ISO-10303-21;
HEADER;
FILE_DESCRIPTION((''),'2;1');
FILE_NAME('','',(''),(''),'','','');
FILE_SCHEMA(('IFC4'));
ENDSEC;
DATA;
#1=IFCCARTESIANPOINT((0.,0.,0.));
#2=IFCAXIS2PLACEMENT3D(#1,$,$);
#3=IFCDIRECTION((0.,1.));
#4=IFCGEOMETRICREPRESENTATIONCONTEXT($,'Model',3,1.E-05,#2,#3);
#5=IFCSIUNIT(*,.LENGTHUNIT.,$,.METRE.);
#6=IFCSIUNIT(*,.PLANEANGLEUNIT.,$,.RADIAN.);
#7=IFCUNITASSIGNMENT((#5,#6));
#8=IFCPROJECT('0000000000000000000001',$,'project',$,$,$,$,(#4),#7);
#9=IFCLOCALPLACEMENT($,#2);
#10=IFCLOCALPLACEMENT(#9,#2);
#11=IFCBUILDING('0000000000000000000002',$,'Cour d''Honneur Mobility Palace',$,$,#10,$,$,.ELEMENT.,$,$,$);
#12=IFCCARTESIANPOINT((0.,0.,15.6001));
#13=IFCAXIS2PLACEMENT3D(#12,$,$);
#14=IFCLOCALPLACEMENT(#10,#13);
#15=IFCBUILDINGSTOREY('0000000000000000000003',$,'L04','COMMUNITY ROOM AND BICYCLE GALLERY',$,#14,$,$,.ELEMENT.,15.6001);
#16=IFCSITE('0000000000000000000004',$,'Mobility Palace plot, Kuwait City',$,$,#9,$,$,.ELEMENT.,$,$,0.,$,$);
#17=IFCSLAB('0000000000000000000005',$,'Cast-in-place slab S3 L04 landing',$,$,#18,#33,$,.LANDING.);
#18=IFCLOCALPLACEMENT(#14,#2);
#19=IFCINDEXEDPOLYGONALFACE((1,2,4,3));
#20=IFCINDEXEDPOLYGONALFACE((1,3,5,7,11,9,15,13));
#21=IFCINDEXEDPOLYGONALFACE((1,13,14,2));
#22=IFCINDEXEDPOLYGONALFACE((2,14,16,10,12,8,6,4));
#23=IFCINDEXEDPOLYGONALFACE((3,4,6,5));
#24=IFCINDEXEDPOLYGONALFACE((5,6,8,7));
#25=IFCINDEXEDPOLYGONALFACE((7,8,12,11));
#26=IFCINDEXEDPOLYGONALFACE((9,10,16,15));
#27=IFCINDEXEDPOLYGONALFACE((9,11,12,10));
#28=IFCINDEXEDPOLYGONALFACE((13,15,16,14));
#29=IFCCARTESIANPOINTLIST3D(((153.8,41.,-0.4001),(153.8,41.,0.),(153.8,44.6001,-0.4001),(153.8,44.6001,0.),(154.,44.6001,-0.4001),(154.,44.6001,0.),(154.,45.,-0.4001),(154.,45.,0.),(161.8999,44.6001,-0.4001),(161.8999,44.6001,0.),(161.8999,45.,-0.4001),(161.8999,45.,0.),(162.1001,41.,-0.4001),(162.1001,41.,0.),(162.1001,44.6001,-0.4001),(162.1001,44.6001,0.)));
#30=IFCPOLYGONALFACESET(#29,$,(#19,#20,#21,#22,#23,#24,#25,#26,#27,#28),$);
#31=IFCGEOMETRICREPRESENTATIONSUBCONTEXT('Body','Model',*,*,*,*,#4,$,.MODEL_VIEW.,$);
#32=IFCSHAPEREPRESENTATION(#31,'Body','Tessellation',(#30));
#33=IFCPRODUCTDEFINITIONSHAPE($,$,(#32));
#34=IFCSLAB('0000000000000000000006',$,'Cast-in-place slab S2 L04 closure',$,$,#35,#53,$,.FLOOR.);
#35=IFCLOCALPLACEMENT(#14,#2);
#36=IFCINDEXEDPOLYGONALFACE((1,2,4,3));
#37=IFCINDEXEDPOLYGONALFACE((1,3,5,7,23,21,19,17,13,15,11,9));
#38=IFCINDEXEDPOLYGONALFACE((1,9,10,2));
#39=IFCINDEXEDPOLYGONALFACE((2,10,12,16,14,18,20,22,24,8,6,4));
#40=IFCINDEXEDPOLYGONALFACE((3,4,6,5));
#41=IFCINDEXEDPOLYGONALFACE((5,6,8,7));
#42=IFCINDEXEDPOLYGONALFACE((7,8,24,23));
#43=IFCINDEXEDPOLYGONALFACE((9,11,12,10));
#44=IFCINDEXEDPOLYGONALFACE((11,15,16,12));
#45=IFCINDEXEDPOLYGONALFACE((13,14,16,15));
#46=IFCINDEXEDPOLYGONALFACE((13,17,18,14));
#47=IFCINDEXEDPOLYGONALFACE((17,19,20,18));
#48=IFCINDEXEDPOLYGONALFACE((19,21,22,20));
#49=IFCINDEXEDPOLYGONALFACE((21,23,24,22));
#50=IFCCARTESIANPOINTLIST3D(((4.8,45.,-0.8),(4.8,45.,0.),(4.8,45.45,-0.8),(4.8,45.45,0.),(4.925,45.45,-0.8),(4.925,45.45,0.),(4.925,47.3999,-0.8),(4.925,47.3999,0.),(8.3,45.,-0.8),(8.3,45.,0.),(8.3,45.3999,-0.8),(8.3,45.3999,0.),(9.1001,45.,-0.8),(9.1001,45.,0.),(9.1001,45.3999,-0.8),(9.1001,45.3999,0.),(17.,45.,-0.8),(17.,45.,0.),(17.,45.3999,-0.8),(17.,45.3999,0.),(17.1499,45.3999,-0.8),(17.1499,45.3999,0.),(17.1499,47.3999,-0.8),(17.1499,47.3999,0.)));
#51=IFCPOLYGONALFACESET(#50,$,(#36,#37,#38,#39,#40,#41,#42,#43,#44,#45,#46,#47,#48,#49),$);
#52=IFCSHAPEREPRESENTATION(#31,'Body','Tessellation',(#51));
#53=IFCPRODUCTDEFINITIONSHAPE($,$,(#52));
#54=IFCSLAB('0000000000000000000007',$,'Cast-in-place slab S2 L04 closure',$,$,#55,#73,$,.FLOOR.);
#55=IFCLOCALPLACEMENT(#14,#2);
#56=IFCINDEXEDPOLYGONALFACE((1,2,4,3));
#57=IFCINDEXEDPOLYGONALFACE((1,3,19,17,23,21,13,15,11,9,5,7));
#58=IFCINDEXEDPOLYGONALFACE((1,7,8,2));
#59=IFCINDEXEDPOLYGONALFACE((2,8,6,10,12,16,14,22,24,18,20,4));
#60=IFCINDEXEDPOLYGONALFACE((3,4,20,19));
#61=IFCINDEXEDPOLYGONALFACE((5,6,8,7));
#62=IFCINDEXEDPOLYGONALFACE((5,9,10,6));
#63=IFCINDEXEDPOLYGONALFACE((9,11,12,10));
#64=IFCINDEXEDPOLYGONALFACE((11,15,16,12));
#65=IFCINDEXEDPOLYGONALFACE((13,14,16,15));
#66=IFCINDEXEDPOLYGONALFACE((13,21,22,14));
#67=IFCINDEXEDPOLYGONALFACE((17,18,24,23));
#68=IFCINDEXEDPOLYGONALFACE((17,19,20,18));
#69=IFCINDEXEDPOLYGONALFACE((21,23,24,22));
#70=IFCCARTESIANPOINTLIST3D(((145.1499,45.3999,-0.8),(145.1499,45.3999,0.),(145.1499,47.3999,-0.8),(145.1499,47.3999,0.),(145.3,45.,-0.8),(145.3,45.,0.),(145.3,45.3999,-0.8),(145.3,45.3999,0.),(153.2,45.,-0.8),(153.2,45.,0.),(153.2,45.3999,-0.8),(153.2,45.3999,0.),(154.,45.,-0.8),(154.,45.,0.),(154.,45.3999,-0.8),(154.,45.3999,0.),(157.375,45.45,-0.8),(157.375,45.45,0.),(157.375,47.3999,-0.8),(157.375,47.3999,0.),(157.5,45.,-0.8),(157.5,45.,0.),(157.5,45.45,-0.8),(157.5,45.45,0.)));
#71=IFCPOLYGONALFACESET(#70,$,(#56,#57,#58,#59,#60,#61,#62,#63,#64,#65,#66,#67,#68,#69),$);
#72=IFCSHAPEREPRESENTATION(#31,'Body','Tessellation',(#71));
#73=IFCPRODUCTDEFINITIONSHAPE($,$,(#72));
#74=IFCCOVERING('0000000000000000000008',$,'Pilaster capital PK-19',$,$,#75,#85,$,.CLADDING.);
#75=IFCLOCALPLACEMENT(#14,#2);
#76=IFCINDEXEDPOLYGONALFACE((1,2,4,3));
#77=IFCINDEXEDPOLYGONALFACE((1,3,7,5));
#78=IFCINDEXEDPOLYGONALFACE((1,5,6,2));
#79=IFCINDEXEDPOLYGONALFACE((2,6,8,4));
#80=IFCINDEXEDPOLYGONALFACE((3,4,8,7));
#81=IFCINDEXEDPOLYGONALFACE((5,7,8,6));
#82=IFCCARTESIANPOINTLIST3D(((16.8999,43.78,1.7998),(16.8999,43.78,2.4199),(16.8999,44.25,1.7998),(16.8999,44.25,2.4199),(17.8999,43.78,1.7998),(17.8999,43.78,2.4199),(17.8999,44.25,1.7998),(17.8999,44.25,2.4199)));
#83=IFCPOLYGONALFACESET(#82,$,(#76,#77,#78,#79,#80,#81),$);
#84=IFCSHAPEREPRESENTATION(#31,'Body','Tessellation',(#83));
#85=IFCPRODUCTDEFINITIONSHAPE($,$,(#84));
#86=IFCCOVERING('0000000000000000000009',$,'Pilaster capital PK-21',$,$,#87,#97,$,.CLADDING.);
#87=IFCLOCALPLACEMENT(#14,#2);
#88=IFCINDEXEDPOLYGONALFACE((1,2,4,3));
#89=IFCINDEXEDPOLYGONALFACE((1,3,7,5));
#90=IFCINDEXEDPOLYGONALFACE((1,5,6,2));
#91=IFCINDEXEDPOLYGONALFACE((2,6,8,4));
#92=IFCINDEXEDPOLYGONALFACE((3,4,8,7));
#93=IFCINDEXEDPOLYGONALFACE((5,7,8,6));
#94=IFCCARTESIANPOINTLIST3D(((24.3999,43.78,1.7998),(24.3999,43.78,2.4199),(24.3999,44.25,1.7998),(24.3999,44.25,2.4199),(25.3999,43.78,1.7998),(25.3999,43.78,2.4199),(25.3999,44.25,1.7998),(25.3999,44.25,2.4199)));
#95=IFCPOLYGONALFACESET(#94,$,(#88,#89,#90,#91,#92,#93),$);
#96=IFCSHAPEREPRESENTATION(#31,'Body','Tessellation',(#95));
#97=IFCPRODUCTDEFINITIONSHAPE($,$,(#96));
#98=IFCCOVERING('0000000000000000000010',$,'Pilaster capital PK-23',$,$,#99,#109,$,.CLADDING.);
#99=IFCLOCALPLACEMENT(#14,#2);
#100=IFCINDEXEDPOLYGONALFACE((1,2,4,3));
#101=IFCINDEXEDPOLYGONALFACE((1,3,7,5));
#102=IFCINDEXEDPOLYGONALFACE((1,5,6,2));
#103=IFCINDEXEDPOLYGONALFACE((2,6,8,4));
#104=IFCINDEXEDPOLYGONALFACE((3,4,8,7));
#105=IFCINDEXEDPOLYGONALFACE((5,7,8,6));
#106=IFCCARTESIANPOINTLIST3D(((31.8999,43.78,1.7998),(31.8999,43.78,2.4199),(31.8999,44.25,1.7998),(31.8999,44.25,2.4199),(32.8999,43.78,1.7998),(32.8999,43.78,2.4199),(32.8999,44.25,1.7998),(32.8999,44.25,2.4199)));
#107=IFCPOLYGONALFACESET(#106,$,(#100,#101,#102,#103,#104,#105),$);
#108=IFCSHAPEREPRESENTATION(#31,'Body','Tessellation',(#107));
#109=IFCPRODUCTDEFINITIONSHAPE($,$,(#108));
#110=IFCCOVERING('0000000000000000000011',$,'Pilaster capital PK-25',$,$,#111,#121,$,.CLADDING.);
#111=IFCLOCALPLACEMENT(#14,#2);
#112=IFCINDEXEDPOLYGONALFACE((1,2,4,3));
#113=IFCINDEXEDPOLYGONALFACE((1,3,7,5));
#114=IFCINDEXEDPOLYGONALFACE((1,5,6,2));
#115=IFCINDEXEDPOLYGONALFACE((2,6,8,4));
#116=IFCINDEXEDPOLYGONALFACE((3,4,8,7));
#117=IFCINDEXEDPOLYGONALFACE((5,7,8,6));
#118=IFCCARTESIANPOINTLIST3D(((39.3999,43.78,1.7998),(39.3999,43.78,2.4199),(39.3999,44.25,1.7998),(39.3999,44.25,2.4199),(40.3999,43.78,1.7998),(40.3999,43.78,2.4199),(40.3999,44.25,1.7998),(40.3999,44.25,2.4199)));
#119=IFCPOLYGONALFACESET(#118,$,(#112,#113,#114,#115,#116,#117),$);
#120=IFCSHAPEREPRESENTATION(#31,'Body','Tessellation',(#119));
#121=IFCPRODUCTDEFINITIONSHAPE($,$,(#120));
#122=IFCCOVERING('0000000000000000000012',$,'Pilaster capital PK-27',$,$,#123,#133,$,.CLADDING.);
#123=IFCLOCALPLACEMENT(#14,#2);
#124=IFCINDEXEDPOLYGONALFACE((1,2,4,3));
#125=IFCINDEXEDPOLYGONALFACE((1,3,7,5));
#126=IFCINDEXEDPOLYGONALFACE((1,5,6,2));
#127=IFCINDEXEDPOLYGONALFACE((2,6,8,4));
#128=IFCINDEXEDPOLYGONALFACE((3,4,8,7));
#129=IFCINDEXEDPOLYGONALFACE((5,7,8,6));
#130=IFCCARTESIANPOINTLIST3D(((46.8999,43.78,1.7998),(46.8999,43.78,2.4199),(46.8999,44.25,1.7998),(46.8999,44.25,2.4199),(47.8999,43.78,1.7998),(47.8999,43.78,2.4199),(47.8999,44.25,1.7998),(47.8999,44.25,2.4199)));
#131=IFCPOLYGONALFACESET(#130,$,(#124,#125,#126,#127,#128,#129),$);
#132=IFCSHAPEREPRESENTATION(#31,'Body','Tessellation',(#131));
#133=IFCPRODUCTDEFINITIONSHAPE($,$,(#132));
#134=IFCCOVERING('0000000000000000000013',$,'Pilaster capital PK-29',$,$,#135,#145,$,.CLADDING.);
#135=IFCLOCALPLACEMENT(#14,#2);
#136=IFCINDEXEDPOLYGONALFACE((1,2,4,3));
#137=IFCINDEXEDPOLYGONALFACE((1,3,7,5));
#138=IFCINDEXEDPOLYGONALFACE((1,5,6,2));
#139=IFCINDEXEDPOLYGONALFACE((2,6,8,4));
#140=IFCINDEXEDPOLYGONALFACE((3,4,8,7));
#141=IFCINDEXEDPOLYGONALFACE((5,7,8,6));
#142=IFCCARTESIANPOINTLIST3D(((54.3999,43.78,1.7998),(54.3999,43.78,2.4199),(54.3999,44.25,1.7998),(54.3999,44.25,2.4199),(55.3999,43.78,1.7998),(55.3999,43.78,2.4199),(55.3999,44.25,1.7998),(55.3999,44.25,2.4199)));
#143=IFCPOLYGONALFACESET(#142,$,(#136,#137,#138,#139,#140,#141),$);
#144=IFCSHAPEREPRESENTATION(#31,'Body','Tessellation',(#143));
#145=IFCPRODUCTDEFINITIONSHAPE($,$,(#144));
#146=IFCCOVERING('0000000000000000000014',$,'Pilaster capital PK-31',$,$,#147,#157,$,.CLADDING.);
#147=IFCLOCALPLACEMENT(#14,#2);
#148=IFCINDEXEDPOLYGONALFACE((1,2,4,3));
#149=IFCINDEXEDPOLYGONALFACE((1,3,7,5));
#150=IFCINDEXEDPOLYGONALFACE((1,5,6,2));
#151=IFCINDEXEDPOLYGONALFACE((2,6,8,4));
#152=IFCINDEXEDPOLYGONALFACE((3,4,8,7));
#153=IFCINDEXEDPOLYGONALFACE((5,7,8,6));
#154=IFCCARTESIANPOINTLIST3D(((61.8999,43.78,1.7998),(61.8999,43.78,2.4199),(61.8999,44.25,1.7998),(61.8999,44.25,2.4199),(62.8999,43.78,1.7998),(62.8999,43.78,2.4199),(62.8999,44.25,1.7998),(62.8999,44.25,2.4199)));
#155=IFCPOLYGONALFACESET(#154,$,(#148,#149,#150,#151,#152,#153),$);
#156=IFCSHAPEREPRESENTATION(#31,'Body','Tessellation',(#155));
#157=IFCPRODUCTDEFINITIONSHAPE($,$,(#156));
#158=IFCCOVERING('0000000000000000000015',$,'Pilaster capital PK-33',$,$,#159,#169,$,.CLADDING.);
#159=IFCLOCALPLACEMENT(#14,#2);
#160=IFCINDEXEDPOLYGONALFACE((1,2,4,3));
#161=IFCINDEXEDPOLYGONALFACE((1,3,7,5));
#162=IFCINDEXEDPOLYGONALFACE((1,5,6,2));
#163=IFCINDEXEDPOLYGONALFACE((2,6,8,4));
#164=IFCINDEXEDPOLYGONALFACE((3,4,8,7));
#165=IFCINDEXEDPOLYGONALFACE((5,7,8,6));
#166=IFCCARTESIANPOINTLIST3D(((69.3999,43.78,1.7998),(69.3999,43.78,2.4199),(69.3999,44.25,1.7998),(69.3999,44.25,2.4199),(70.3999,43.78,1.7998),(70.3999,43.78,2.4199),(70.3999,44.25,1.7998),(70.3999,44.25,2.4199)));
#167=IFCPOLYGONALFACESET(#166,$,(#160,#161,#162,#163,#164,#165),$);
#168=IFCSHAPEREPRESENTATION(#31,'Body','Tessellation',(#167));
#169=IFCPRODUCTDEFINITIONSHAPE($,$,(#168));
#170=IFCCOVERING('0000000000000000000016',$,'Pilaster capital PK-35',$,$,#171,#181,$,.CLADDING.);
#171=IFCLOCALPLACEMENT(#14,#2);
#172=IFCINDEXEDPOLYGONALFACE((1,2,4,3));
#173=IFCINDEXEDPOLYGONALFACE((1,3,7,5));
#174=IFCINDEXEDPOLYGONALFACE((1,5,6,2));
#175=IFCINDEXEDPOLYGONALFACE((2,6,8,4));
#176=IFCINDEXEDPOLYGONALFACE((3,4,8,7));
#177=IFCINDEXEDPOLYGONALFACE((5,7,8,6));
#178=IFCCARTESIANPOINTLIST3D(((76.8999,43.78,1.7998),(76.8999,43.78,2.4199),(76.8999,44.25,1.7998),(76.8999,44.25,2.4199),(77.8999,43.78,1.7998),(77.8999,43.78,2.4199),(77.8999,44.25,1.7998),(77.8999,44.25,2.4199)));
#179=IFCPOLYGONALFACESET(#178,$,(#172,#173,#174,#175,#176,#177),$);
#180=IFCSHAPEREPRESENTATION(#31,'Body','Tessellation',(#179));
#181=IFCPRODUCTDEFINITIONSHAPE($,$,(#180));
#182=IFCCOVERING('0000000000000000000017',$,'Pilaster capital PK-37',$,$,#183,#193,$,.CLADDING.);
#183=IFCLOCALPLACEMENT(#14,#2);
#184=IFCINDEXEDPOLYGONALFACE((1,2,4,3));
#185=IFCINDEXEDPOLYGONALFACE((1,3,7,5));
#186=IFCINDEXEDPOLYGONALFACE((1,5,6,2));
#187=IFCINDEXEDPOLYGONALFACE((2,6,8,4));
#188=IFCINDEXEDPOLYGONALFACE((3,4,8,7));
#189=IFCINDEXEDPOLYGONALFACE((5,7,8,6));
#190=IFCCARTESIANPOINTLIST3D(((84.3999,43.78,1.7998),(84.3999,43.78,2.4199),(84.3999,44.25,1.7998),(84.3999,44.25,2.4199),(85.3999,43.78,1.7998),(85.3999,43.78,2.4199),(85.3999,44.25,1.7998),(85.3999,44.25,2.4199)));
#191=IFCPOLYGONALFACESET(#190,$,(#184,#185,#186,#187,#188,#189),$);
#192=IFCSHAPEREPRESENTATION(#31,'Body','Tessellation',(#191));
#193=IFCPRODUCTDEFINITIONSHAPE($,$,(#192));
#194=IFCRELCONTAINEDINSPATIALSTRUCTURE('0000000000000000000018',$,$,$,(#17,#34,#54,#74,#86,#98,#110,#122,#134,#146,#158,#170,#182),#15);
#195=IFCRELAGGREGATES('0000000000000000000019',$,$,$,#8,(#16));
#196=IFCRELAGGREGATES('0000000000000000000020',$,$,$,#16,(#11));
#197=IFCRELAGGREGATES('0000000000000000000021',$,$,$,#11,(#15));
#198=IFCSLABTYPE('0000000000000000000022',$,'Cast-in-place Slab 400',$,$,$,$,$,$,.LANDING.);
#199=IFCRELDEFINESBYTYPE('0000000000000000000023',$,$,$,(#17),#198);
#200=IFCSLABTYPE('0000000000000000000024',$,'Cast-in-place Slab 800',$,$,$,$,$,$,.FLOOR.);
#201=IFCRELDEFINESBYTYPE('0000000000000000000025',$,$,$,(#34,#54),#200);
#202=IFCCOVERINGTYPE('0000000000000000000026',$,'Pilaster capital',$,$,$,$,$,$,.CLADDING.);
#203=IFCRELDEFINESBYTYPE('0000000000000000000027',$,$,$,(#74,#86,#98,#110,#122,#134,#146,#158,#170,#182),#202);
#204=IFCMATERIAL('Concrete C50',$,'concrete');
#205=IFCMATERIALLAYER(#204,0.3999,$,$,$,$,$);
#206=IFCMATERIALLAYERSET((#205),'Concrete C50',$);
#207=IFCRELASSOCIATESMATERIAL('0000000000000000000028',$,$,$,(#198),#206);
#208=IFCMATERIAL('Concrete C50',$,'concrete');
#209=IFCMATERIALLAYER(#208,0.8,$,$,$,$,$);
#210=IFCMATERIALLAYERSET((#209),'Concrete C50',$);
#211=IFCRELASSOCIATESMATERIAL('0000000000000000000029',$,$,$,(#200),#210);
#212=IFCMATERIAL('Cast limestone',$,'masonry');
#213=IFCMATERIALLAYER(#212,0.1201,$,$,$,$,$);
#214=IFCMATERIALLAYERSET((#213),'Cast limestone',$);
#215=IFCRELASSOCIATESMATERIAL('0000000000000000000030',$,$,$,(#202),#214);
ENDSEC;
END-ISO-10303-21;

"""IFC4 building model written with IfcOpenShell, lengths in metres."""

from ifc_helpers import new_model, si_unit, direction, frame, origin, place, context, subcontext, project, spatial, polyline, outline, extrude, material, layer, layer_set, type_object, element, save


model = new_model("IFC4")

# Units and contexts
model_context = context("Model", 3, precision=1e-05, world=origin(), true_north=direction((0.0, 1.0)))
body_context = subcontext(model_context, "Body", "Model", "MODEL_VIEW")
ifc_project = project(units=[si_unit("LENGTHUNIT", "METRE"), si_unit("PLANEANGLEUNIT", "RADIAN")], contexts=[model_context])

# Site, building, storey
site_placement = place(None, origin())
site = spatial("IfcSite", under=ifc_project, at=site_placement, Name="Mobility Palace plot, Kuwait City", CompositionType="ELEMENT", RefElevation=0.0)
building_placement = place(site_placement, origin())
building = spatial("IfcBuilding", under=site, at=building_placement, Name="Cour d'Honneur Mobility Palace", CompositionType="ELEMENT")
storey_placement = place(building_placement, frame((0.0, 0.0, 15.6001)))
storey = spatial("IfcBuildingStorey", under=building, at=storey_placement, Name="L04", Description="COMMUNITY ROOM AND BICYCLE GALLERY", CompositionType="ELEMENT", Elevation=15.6001)

# Slabs
ifc_material_1 = material(Name="Concrete C50", Category="concrete")
ifc_layer_1 = layer(ifc_material_1, 0.3999)
ifc_layer_set_1 = layer_set([ifc_layer_1], Name="Concrete C50")
slab_type_1 = type_object("IfcSlabType", Name="Cast-in-place Slab 400", PredefinedType="LANDING", material=ifc_layer_set_1)
slab_1_placement = place(storey_placement, frame((0.0, 0.0, -0.4001)))
element("IfcSlab", 1, at=slab_1_placement, inside=storey, type_object=slab_type_1, Name="Cast-in-place slab S3 L04 landing", PredefinedType="LANDING", context=body_context, shape_type="SweptSolid", body=[
    extrude(outline(polyline([(162.1001, 44.6001), (162.1001, 41.0), (153.8, 41.0), (153.8, 44.6001), (154.0, 44.6001), (154.0, 45.0), (161.8999, 45.0), (161.8999, 44.6001), (162.1001, 44.6001)])), origin(), (0.0, 0.0, 1.0), 0.4001),
])
ifc_material_2 = material(Name="Concrete C50", Category="concrete")
ifc_layer_2 = layer(ifc_material_2, 0.8)
ifc_layer_set_2 = layer_set([ifc_layer_2], Name="Concrete C50")
slab_type_2 = type_object("IfcSlabType", Name="Cast-in-place Slab 800", PredefinedType="FLOOR", material=ifc_layer_set_2)
slab_2_placement = place(storey_placement, frame((0.0, 0.0, -0.8)))
element("IfcSlab", 2, at=slab_2_placement, inside=storey, type_object=slab_type_2, Name="Cast-in-place slab S2 L04 closure", PredefinedType="FLOOR", context=body_context, shape_type="SweptSolid", body=[
    extrude(outline(polyline([(17.0, 45.3999), (17.0, 45.0), (9.1001, 45.0), (9.1001, 45.3999), (8.3, 45.3999), (8.3, 45.0), (4.8, 45.0), (4.8, 45.45), (4.925, 45.45), (4.925, 47.3999), (17.1499, 47.3999), (17.1499, 45.3999), (17.0, 45.3999)])), origin(), (0.0, 0.0, 1.0), 0.8),
])
slab_3_placement = place(storey_placement, frame((0.0, 0.0, -0.8)))
element("IfcSlab", 3, at=slab_3_placement, inside=storey, type_object=slab_type_2, Name="Cast-in-place slab S2 L04 closure", PredefinedType="FLOOR", context=body_context, shape_type="SweptSolid", body=[
    extrude(outline(polyline([(154.0, 45.3999), (153.2, 45.3999), (153.2, 45.0), (145.3, 45.0), (145.3, 45.3999), (145.1499, 45.3999), (145.1499, 47.3999), (157.375, 47.3999), (157.375, 45.45), (157.5, 45.45), (157.5, 45.0), (154.0, 45.0), (154.0, 45.3999)])), origin(), (0.0, 0.0, 1.0), 0.8),
])

# Coverings
ifc_material_3 = material(Name="Cast limestone", Category="masonry")
ifc_layer_3 = layer(ifc_material_3, 0.1201)
ifc_layer_set_3 = layer_set([ifc_layer_3], Name="Cast limestone")
covering_type = type_object("IfcCoveringType", Name="Pilaster capital", PredefinedType="CLADDING", material=ifc_layer_set_3)
covering_1_placement = place(storey_placement, frame((0.0, 0.0, 1.7998)))
element("IfcCovering", 4, at=covering_1_placement, inside=storey, type_object=covering_type, Name="Pilaster capital PK-19", PredefinedType="CLADDING", context=body_context, shape_type="SweptSolid", body=[
    extrude(outline(polyline([(16.8999, 44.25), (17.8999, 44.25), (17.8999, 43.78), (16.8999, 43.78), (16.8999, 44.25)])), origin(), (0.0, 0.0, 1.0), 0.6201),
])
covering_2_placement = place(storey_placement, frame((0.0, 0.0, 1.7998)))
element("IfcCovering", 5, at=covering_2_placement, inside=storey, type_object=covering_type, Name="Pilaster capital PK-21", PredefinedType="CLADDING", context=body_context, shape_type="SweptSolid", body=[
    extrude(outline(polyline([(24.3999, 44.25), (25.3999, 44.25), (25.3999, 43.78), (24.3999, 43.78), (24.3999, 44.25)])), origin(), (0.0, 0.0, 1.0), 0.6201),
])
covering_3_placement = place(storey_placement, frame((0.0, 0.0, 1.7998)))
element("IfcCovering", 6, at=covering_3_placement, inside=storey, type_object=covering_type, Name="Pilaster capital PK-23", PredefinedType="CLADDING", context=body_context, shape_type="SweptSolid", body=[
    extrude(outline(polyline([(31.8999, 44.25), (32.8999, 44.25), (32.8999, 43.78), (31.8999, 43.78), (31.8999, 44.25)])), origin(), (0.0, 0.0, 1.0), 0.6201),
])
covering_4_placement = place(storey_placement, frame((0.0, 0.0, 1.7998)))
element("IfcCovering", 7, at=covering_4_placement, inside=storey, type_object=covering_type, Name="Pilaster capital PK-25", PredefinedType="CLADDING", context=body_context, shape_type="SweptSolid", body=[
    extrude(outline(polyline([(39.3999, 44.25), (40.3999, 44.25), (40.3999, 43.78), (39.3999, 43.78), (39.3999, 44.25)])), origin(), (0.0, 0.0, 1.0), 0.6201),
])
covering_5_placement = place(storey_placement, frame((0.0, 0.0, 1.7998)))
element("IfcCovering", 8, at=covering_5_placement, inside=storey, type_object=covering_type, Name="Pilaster capital PK-27", PredefinedType="CLADDING", context=body_context, shape_type="SweptSolid", body=[
    extrude(outline(polyline([(46.8999, 44.25), (47.8999, 44.25), (47.8999, 43.78), (46.8999, 43.78), (46.8999, 44.25)])), origin(), (0.0, 0.0, 1.0), 0.6201),
])
covering_6_placement = place(storey_placement, frame((0.0, 0.0, 1.7998)))
element("IfcCovering", 9, at=covering_6_placement, inside=storey, type_object=covering_type, Name="Pilaster capital PK-29", PredefinedType="CLADDING", context=body_context, shape_type="SweptSolid", body=[
    extrude(outline(polyline([(54.3999, 44.25), (55.3999, 44.25), (55.3999, 43.78), (54.3999, 43.78), (54.3999, 44.25)])), origin(), (0.0, 0.0, 1.0), 0.6201),
])
covering_7_placement = place(storey_placement, frame((0.0, 0.0, 1.7998)))
element("IfcCovering", 10, at=covering_7_placement, inside=storey, type_object=covering_type, Name="Pilaster capital PK-31", PredefinedType="CLADDING", context=body_context, shape_type="SweptSolid", body=[
    extrude(outline(polyline([(61.8999, 44.25), (62.8999, 44.25), (62.8999, 43.78), (61.8999, 43.78), (61.8999, 44.25)])), origin(), (0.0, 0.0, 1.0), 0.6201),
])
covering_8_placement = place(storey_placement, frame((0.0, 0.0, 1.7998)))
element("IfcCovering", 11, at=covering_8_placement, inside=storey, type_object=covering_type, Name="Pilaster capital PK-33", PredefinedType="CLADDING", context=body_context, shape_type="SweptSolid", body=[
    extrude(outline(polyline([(69.3999, 44.25), (70.3999, 44.25), (70.3999, 43.78), (69.3999, 43.78), (69.3999, 44.25)])), origin(), (0.0, 0.0, 1.0), 0.6201),
])
covering_9_placement = place(storey_placement, frame((0.0, 0.0, 1.7998)))
element("IfcCovering", 12, at=covering_9_placement, inside=storey, type_object=covering_type, Name="Pilaster capital PK-35", PredefinedType="CLADDING", context=body_context, shape_type="SweptSolid", body=[
    extrude(outline(polyline([(76.8999, 44.25), (77.8999, 44.25), (77.8999, 43.78), (76.8999, 43.78), (76.8999, 44.25)])), origin(), (0.0, 0.0, 1.0), 0.6201),
])
covering_10_placement = place(storey_placement, frame((0.0, 0.0, 1.7998)))
element("IfcCovering", 13, at=covering_10_placement, inside=storey, type_object=covering_type, Name="Pilaster capital PK-37", PredefinedType="CLADDING", context=body_context, shape_type="SweptSolid", body=[
    extrude(outline(polyline([(84.3999, 44.25), (85.3999, 44.25), (85.3999, 43.78), (84.3999, 43.78), (84.3999, 44.25)])), origin(), (0.0, 0.0, 1.0), 0.6201),
])

save(model, "model.ifc")
